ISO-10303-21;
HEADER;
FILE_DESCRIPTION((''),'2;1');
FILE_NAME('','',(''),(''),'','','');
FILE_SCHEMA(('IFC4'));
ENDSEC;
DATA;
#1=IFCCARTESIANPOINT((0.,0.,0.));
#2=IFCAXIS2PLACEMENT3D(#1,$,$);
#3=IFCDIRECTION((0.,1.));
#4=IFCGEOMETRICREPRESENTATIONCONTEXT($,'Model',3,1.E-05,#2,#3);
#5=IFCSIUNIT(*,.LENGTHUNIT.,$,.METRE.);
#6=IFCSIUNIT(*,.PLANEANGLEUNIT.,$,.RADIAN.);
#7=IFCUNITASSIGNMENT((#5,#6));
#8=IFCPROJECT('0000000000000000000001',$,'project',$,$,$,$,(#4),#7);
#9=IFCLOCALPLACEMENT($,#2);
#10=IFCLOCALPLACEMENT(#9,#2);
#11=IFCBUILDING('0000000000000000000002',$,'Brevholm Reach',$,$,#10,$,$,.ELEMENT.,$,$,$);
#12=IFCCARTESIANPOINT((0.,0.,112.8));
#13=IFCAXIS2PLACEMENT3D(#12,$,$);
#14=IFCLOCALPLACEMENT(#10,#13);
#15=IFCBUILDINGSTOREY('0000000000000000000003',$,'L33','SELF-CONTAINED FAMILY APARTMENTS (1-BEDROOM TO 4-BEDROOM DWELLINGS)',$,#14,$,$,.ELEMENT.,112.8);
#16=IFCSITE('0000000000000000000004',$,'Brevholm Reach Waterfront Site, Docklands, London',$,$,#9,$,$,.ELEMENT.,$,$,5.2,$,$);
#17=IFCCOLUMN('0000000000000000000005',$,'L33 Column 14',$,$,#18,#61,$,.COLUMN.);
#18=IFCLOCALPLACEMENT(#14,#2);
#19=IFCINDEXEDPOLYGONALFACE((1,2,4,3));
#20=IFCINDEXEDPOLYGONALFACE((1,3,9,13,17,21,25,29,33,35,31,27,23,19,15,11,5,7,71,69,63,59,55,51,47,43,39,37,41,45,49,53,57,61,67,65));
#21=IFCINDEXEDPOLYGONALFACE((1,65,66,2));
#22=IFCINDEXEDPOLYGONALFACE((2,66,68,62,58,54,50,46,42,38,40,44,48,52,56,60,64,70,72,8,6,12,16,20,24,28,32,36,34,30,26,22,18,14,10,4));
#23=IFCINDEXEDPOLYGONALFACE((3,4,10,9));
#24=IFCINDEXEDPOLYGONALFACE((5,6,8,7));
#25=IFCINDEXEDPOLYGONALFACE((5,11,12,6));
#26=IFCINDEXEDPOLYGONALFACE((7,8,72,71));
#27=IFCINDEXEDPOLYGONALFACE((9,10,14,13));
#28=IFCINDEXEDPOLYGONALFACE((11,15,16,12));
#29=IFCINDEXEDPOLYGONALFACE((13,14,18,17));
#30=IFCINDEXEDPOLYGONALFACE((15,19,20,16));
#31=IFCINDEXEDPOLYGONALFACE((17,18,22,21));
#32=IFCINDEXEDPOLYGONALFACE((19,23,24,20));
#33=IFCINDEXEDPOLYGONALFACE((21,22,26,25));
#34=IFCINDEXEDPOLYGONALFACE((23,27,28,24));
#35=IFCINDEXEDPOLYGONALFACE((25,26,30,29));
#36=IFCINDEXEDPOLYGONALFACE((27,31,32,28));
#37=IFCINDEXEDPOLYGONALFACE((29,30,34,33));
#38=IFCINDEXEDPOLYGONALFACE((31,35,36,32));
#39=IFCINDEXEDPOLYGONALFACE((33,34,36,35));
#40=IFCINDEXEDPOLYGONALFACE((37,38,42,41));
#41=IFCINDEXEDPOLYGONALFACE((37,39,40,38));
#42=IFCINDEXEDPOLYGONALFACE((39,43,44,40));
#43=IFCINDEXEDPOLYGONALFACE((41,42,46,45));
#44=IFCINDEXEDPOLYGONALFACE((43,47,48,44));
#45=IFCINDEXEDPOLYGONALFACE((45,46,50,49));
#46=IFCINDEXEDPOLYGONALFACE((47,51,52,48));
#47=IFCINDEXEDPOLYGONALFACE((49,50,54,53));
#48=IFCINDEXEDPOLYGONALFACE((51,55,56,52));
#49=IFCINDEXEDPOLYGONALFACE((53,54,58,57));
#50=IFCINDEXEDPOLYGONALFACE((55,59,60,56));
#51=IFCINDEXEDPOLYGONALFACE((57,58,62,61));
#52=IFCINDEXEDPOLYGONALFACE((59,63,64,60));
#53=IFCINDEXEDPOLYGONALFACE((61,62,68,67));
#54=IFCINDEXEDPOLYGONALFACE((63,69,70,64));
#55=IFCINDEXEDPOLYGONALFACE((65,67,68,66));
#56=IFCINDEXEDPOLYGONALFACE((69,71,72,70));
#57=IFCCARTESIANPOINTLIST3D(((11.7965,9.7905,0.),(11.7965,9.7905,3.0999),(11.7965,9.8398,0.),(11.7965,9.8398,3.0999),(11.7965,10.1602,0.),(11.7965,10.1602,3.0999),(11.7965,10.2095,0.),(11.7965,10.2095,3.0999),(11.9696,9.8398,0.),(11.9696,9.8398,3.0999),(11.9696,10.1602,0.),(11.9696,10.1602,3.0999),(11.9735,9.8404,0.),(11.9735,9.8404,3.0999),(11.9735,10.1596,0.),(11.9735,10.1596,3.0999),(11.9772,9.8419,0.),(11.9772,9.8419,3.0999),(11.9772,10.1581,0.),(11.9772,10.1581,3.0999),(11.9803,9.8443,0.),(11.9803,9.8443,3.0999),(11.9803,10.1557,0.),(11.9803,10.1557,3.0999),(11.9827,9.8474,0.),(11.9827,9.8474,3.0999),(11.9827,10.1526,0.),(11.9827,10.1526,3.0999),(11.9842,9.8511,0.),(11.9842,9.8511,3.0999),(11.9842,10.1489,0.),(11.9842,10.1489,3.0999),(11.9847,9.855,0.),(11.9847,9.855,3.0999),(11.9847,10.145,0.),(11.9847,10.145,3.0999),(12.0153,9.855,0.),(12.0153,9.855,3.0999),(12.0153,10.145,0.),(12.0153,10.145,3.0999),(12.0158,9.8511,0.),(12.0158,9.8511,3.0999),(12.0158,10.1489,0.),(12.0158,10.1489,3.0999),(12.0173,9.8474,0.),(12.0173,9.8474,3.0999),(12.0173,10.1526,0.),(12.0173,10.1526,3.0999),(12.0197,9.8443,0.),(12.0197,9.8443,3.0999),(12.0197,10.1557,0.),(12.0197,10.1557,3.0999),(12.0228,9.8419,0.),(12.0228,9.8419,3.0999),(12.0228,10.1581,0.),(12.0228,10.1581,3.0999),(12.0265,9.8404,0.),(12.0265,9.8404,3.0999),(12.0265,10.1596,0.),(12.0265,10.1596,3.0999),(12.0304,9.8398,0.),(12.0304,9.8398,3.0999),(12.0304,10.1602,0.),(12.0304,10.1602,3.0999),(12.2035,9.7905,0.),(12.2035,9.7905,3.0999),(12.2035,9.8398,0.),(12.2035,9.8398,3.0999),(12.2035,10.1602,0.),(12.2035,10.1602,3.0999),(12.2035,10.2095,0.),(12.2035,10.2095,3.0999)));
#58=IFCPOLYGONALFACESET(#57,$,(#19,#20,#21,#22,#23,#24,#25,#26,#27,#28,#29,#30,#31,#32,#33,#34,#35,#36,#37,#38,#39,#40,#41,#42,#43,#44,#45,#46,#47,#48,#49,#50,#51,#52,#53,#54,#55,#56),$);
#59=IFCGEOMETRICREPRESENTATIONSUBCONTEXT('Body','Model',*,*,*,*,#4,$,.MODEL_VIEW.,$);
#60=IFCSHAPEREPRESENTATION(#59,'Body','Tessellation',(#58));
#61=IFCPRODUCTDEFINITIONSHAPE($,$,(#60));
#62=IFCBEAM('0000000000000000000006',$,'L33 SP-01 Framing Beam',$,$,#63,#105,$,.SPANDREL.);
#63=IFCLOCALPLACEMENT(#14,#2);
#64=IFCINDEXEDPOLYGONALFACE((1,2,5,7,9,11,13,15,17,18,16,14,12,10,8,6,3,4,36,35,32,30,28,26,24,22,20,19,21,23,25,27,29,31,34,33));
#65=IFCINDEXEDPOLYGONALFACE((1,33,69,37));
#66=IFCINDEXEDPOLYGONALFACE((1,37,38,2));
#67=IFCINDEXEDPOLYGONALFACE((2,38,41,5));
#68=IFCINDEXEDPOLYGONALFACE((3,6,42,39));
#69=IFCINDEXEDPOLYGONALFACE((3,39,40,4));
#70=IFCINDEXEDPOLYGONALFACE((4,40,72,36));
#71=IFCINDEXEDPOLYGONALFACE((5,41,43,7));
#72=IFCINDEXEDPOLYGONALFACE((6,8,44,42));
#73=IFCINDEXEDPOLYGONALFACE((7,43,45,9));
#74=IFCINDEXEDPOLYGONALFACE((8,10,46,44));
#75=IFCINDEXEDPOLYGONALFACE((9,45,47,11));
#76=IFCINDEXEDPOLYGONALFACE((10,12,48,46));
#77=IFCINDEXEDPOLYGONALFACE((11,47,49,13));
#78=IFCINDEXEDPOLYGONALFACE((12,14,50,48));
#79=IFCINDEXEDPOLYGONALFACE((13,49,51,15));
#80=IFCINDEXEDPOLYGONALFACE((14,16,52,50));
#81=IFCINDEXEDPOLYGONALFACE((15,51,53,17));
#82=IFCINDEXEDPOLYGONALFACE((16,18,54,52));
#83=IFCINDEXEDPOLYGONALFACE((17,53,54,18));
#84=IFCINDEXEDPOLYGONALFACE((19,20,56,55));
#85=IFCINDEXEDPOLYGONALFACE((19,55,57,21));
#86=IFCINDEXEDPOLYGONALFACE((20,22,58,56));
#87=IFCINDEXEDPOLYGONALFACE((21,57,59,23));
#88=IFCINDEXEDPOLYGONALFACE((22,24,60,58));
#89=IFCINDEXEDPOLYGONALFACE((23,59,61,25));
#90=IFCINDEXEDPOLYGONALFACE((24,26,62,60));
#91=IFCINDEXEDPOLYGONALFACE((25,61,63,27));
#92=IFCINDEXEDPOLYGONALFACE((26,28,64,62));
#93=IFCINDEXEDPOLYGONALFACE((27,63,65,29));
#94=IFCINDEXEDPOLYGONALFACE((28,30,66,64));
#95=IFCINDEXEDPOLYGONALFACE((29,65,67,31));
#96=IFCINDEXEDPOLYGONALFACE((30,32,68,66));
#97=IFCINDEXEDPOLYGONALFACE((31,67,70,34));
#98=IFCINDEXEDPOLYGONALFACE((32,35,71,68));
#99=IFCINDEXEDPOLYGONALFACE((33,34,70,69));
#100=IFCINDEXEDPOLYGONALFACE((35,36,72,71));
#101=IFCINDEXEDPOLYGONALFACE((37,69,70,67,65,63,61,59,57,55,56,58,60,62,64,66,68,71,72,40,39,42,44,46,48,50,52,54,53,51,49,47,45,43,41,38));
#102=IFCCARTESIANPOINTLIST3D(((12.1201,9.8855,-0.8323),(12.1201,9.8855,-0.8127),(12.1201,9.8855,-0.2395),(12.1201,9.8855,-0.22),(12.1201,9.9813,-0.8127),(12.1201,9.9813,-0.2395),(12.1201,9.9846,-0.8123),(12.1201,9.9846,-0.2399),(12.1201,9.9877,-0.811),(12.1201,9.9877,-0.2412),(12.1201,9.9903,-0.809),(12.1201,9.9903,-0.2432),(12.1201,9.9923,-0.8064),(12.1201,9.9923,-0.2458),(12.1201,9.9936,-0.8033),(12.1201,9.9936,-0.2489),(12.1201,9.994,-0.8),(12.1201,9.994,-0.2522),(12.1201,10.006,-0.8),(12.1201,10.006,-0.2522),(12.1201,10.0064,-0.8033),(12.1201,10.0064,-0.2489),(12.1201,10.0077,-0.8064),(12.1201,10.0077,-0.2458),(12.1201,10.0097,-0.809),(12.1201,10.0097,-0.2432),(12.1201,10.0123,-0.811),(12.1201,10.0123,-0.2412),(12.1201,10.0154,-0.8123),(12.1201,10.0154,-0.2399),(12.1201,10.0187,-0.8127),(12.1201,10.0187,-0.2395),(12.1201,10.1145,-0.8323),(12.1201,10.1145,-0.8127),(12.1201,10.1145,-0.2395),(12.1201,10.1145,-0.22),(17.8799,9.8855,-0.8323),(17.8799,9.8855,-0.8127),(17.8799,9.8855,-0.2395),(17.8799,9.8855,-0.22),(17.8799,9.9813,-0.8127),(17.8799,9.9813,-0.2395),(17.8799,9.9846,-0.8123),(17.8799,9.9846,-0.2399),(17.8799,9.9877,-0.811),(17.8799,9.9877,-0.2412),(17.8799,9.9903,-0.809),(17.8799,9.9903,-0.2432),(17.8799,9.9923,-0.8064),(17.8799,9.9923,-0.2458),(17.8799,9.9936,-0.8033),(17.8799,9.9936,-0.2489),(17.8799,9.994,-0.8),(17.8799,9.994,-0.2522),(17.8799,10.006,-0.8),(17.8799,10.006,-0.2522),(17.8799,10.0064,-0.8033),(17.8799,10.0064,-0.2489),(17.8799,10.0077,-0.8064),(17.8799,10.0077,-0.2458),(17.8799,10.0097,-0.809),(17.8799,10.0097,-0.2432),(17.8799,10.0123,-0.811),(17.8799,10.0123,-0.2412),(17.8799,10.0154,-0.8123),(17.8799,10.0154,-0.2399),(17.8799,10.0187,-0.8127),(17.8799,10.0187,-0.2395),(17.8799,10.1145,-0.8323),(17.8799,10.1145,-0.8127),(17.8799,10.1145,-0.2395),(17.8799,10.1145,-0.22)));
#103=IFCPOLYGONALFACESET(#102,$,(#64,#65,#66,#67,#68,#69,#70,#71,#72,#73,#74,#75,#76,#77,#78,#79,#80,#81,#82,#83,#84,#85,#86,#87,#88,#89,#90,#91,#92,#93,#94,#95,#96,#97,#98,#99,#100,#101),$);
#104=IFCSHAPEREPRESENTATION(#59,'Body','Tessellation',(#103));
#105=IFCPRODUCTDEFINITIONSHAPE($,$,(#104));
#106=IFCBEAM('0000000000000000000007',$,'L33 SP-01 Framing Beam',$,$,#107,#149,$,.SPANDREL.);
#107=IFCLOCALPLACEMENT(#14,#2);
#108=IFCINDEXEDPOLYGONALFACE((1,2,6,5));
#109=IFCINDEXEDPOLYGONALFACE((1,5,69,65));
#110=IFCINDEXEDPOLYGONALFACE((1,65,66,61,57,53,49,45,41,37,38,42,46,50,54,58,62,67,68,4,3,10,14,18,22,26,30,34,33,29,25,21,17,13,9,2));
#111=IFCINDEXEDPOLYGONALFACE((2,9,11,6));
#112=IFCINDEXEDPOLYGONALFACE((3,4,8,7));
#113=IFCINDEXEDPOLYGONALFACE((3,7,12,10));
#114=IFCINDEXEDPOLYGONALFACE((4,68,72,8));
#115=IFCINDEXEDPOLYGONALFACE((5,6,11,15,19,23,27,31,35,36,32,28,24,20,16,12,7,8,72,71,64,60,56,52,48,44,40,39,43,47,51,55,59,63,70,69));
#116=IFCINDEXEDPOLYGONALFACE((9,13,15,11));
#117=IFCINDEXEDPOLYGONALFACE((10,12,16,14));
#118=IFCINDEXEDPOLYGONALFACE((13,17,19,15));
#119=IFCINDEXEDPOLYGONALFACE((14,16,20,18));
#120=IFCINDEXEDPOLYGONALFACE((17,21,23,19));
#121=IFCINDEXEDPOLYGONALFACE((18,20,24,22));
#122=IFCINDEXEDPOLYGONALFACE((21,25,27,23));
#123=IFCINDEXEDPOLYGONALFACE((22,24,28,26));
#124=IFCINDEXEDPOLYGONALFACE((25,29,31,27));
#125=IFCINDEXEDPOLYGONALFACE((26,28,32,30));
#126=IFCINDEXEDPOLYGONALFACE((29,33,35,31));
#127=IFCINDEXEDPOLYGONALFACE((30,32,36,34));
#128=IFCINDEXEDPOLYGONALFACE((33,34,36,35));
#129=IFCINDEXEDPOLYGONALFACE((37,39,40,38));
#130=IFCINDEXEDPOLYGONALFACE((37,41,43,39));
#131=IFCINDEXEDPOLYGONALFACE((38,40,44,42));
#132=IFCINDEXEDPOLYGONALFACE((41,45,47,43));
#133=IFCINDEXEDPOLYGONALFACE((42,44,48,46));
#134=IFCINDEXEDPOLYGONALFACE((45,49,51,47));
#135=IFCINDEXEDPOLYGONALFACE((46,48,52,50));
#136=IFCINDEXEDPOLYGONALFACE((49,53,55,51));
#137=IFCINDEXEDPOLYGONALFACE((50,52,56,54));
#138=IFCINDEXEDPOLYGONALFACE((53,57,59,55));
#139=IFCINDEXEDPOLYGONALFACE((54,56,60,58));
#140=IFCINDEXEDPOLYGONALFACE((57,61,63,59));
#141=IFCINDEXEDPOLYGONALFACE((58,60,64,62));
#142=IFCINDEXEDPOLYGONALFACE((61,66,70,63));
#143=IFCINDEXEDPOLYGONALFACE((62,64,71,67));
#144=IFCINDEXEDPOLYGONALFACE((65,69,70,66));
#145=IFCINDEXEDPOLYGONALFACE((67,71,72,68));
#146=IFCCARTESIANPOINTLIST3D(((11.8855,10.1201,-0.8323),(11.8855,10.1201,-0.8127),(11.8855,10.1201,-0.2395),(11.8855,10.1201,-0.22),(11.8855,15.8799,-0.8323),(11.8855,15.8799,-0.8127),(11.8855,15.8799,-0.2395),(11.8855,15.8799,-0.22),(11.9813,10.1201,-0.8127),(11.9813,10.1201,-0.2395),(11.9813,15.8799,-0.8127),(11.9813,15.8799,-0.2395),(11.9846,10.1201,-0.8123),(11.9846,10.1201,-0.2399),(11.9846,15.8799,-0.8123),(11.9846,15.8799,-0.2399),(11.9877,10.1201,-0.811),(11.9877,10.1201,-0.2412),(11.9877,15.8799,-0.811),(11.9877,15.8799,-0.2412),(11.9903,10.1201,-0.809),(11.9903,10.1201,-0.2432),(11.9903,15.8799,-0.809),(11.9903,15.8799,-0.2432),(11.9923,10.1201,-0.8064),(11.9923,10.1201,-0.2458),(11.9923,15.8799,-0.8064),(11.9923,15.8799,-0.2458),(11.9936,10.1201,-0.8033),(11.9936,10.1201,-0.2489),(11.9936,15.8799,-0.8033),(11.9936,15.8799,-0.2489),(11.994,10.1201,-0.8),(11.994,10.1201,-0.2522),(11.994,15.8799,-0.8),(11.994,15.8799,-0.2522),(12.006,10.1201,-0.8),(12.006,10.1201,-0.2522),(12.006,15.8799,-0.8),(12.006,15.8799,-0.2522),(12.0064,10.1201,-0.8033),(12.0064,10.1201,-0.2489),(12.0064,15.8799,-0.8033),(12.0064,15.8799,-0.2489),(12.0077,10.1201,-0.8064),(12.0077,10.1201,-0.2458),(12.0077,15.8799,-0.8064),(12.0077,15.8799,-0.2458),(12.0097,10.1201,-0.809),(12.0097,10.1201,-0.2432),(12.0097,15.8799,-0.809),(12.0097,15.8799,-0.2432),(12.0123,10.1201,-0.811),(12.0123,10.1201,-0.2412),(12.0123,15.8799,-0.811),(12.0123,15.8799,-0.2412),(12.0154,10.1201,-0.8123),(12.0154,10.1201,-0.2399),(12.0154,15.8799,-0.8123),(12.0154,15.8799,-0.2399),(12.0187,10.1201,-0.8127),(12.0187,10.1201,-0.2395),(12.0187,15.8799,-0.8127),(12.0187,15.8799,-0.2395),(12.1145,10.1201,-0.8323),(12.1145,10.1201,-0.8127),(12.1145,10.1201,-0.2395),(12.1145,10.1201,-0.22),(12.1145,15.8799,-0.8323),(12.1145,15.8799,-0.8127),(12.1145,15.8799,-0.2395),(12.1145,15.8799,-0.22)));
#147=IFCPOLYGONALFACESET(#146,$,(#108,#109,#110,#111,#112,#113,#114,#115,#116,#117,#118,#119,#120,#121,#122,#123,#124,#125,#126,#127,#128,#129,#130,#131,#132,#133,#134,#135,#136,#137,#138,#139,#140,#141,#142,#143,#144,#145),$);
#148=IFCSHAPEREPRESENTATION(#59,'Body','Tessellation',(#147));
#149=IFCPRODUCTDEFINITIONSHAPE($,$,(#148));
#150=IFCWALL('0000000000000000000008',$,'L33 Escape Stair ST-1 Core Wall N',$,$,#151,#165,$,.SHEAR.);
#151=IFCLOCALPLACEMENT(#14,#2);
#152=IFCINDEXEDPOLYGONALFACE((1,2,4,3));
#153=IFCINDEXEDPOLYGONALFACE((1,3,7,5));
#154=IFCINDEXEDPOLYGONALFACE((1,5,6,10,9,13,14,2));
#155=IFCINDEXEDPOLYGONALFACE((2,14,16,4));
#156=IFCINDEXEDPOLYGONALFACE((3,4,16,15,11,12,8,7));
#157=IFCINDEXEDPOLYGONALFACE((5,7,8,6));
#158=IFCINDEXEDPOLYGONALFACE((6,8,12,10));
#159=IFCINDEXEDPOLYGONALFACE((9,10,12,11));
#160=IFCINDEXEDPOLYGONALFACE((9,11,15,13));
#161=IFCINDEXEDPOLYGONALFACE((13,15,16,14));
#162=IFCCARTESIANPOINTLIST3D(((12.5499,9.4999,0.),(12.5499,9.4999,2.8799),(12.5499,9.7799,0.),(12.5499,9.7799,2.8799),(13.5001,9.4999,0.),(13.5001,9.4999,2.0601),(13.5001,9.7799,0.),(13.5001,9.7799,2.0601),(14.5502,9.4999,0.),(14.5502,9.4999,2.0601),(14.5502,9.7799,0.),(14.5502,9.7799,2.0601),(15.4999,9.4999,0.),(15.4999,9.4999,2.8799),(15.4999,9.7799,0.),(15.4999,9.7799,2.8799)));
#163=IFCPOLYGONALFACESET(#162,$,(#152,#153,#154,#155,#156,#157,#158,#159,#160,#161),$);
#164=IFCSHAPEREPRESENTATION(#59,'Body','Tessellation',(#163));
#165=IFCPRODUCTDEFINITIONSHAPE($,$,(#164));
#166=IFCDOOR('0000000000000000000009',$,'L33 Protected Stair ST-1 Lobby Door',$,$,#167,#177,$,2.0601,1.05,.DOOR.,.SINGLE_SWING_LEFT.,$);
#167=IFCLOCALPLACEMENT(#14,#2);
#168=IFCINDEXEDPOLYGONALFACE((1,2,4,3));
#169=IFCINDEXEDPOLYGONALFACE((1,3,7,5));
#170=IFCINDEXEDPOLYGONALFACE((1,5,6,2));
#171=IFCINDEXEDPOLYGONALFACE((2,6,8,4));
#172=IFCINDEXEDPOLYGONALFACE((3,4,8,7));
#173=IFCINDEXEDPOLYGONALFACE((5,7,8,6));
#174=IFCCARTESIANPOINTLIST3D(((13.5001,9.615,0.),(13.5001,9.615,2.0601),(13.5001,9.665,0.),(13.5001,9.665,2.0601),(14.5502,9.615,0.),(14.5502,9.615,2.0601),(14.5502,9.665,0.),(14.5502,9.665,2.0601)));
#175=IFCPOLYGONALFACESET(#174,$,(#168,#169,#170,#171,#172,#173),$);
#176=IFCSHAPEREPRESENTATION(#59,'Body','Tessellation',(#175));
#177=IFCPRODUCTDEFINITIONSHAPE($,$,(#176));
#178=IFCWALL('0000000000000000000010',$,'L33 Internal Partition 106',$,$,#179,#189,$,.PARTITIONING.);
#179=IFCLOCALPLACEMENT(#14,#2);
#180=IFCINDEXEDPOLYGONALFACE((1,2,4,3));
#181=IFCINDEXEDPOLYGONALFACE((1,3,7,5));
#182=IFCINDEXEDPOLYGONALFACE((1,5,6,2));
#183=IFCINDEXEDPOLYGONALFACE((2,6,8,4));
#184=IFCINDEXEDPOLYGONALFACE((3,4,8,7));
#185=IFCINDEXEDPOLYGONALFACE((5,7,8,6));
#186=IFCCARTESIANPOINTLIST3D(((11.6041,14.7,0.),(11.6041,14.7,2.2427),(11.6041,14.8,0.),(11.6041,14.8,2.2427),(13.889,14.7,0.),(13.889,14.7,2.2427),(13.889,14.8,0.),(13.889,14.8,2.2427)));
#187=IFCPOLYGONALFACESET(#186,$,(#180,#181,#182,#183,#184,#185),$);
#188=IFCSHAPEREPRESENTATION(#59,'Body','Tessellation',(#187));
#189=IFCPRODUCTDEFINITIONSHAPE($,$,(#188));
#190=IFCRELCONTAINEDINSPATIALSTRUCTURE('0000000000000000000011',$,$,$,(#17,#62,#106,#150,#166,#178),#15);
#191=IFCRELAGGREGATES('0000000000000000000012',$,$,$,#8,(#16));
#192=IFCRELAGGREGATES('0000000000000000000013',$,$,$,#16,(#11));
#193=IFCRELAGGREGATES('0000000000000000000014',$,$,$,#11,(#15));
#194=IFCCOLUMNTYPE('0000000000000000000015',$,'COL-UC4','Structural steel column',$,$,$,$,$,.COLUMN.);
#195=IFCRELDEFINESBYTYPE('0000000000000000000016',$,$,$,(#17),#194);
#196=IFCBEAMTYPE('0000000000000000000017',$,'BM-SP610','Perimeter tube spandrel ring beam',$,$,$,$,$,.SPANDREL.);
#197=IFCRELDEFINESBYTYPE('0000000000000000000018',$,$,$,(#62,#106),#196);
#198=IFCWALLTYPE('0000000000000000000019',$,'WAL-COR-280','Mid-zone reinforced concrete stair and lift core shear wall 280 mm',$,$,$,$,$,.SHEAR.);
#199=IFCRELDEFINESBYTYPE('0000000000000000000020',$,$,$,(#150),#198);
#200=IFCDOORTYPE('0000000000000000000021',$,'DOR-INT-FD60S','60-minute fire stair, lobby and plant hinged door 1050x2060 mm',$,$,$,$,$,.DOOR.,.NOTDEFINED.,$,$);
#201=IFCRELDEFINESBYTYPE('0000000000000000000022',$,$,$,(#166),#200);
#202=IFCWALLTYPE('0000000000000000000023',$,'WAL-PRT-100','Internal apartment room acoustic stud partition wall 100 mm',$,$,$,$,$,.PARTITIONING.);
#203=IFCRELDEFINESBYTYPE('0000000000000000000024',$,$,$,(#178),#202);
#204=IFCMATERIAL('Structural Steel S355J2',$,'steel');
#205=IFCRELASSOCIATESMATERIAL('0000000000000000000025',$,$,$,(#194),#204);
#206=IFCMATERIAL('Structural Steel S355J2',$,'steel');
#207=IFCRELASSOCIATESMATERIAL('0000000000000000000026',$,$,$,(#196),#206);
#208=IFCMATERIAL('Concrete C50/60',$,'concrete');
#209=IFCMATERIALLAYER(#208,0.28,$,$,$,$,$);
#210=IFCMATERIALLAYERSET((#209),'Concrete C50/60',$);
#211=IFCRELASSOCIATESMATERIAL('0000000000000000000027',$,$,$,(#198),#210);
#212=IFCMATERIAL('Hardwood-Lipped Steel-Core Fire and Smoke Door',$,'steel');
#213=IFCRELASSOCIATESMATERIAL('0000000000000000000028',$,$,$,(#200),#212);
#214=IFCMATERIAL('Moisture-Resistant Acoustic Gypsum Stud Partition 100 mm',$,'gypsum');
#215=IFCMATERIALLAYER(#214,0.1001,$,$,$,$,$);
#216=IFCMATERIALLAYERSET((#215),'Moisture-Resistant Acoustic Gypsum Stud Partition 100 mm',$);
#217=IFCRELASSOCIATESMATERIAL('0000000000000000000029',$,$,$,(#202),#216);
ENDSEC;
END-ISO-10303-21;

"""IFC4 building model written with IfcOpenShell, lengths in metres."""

from ifc_helpers import new_model, si_unit, direction, frame, frame_2d, origin, origin_2d, place, context, subcontext, project, spatial, rectangle, i_section, extrude, material, layer, layer_set, material_profile, profile_set, type_object, element, fill, save


model = new_model("IFC4")

# Units and contexts
model_context = context("Model", 3, precision=1e-05, world=origin(), true_north=direction((0.0, 1.0)))
body_context = subcontext(model_context, "Body", "Model", "MODEL_VIEW")
ifc_project = project(units=[si_unit("LENGTHUNIT", "METRE"), si_unit("PLANEANGLEUNIT", "RADIAN")], contexts=[model_context])

# Site, building, storey
site_placement = place(None, origin())
site = spatial("IfcSite", under=ifc_project, at=site_placement, Name="Brevholm Reach Waterfront Site, Docklands, London", CompositionType="ELEMENT", RefElevation=5.2)
building_placement = place(site_placement, origin())
building = spatial("IfcBuilding", under=site, at=building_placement, Name="Brevholm Reach", CompositionType="ELEMENT")
storey_placement = place(building_placement, frame((0.0, 0.0, 112.8)))
storey = spatial("IfcBuildingStorey", under=building, at=storey_placement, Name="L33", Description="SELF-CONTAINED FAMILY APARTMENTS (1-BEDROOM TO 4-BEDROOM DWELLINGS)", CompositionType="ELEMENT", Elevation=112.8)

# Column
ifc_material_1 = material(Name="Structural Steel S355J2", Category="steel")
ifc_material_profile_1 = material_profile(ifc_material_1, i_section(OverallWidth=0.407, OverallDepth=0.4189, WebThickness=0.0305, FlangeThickness=0.0493, FilletRadius=0.0151, at=origin_2d()), Name="UKC 356x406x393")
ifc_profile_set_1 = profile_set([ifc_material_profile_1], Name="Structural Steel S355J2")
column_type = type_object("IfcColumnType", Name="COL-UC4", Description="Structural steel column", PredefinedType="COLUMN", material=ifc_profile_set_1)
column_placement = place(storey_placement, frame((12.0, 10.0, 0.0), z_axis=(0.0, 0.0, 1.0), x_axis=(1.0, 0.0, 0.0)))
element("IfcColumn", 1, at=column_placement, inside=storey, type_object=column_type, Name="L33 Column 14", PredefinedType="COLUMN", context=body_context, shape_type="SweptSolid", body=[
    extrude(i_section(OverallWidth=0.407, OverallDepth=0.4189, WebThickness=0.0305, FlangeThickness=0.0493, FilletRadius=0.0151, at=origin_2d()), origin(), (0.0, 0.0, 1.0), 3.0999),
])

# Beams
ifc_material_2 = material(Name="Structural Steel S355J2", Category="steel")
ifc_material_profile_2 = material_profile(ifc_material_2, i_section(OverallWidth=0.229, OverallDepth=0.6123, WebThickness=0.012, FlangeThickness=0.0195, FilletRadius=0.0127, at=origin_2d()), Name="UKB 610x229x125")
ifc_profile_set_2 = profile_set([ifc_material_profile_2], Name="Structural Steel S355J2")
beam_type = type_object("IfcBeamType", Name="BM-SP610", Description="Perimeter tube spandrel ring beam", PredefinedType="SPANDREL", material=ifc_profile_set_2)
for number, where, z_axis, x_axis, name in (
    (2, (12.1201, 10.0, -0.5261), (1.0, 0.0, 0.0), (0.0, 1.0, 0.0), "L33 SP-01 Framing Beam"),
    (3, (12.0, 10.1201, -0.5261), (0.0, 1.0, 0.0), (-1.0, 0.0, 0.0), "L33 SP-01 Framing Beam"),
):
    element("IfcBeam", number, at=place(storey_placement, frame(where, z_axis=z_axis, x_axis=x_axis)), inside=storey, type_object=beam_type, Name=name, PredefinedType="SPANDREL", context=body_context, shape_type="SweptSolid", body=[
        extrude(i_section(OverallWidth=0.229, OverallDepth=0.6123, WebThickness=0.012, FlangeThickness=0.0195, FilletRadius=0.0127, at=origin_2d()), origin(), (0.0, 0.0, 1.0), 5.7598),
    ])

# Wall, opening, door
ifc_material_3 = material(Name="Concrete C50/60", Category="concrete")
ifc_layer_1 = layer(ifc_material_3, 0.28)
ifc_layer_set_1 = layer_set([ifc_layer_1], Name="Concrete C50/60")
wall_type_1 = type_object("IfcWallType", Name="WAL-COR-280", Description="Mid-zone reinforced concrete stair and lift core shear wall 280 mm", PredefinedType="SHEAR", material=ifc_layer_set_1)
wall_1_placement = place(storey_placement, frame((15.5, 9.6399, 0.0), z_axis=(0.0, 0.0, 1.0), x_axis=(-1.0, 0.0, 0.0)))
wall_1 = element("IfcWall", 4, at=wall_1_placement, inside=storey, type_object=wall_type_1, Name="L33 Escape Stair ST-1 Core Wall N", PredefinedType="SHEAR", context=body_context, shape_type="SweptSolid", body=[
    extrude(rectangle(XDim=2.95, YDim=0.28, at=frame_2d((1.4751, 0.0))), origin(), (0.0, 0.0, 1.0), 2.8799),
])
opening_1_placement = place(wall_1_placement, frame((0.95, 0.0, 0.0)))
opening_1 = element("IfcOpeningElement", 5, at=opening_1_placement, cuts=wall_1, PredefinedType="OPENING", context=body_context, shape_type="SweptSolid", body=[
    extrude(rectangle(XDim=1.05, YDim=2.0601, at=frame_2d((0.5249, 1.03))), frame((0.0, 0.1499, 0.0), z_axis=(0.0, -1.0, 0.0), x_axis=(1.0, 0.0, 0.0)), (0.0, 0.0, 1.0), 0.3),
])
ifc_material_4 = material(Name="Hardwood-Lipped Steel-Core Fire and Smoke Door", Category="steel")
door_type_1 = type_object("IfcDoorType", Name="DOR-INT-FD60S", Description="60-minute fire stair, lobby and plant hinged door 1050x2060 mm", OperationType="NOTDEFINED", PredefinedType="DOOR", material=ifc_material_4)
door_1_placement = place(opening_1_placement, origin())
door_1 = element("IfcDoor", 6, at=door_1_placement, inside=storey, type_object=door_type_1, Name="L33 Protected Stair ST-1 Lobby Door", OperationType="SINGLE_SWING_LEFT", OverallHeight=2.0601, OverallWidth=1.05, PredefinedType="DOOR", context=body_context, shape_type="SweptSolid", body=[
    extrude(rectangle(XDim=1.05, YDim=2.0601, at=frame_2d((0.5249, 1.03))), frame((0.0, 0.0249, 0.0), z_axis=(0.0, -1.0, 0.0), x_axis=(1.0, 0.0, 0.0)), (0.0, 0.0, 1.0), 0.05),
])
fill(opening_1, door_1)

# Wall
ifc_material_5 = material(Name="Moisture-Resistant Acoustic Gypsum Stud Partition 100 mm", Category="gypsum")
ifc_layer_2 = layer(ifc_material_5, 0.1001)
ifc_layer_set_2 = layer_set([ifc_layer_2], Name="Moisture-Resistant Acoustic Gypsum Stud Partition 100 mm")
wall_type_2 = type_object("IfcWallType", Name="WAL-PRT-100", Description="Internal apartment room acoustic stud partition wall 100 mm", PredefinedType="PARTITIONING", material=ifc_layer_set_2)
wall_2_placement = place(storey_placement, frame((11.604, 14.75, 0.0), z_axis=(0.0, 0.0, 1.0), x_axis=(1.0, 0.0, 0.0)))
element("IfcWall", 7, at=wall_2_placement, inside=storey, type_object=wall_type_2, Name="L33 Internal Partition 106", PredefinedType="PARTITIONING", context=body_context, shape_type="SweptSolid", body=[
    extrude(rectangle(XDim=2.2849, YDim=0.1001, at=frame_2d((1.1426, 0.0))), origin(), (0.0, 0.0, 1.0), 2.2427),
])

save(model, "model.ifc")
